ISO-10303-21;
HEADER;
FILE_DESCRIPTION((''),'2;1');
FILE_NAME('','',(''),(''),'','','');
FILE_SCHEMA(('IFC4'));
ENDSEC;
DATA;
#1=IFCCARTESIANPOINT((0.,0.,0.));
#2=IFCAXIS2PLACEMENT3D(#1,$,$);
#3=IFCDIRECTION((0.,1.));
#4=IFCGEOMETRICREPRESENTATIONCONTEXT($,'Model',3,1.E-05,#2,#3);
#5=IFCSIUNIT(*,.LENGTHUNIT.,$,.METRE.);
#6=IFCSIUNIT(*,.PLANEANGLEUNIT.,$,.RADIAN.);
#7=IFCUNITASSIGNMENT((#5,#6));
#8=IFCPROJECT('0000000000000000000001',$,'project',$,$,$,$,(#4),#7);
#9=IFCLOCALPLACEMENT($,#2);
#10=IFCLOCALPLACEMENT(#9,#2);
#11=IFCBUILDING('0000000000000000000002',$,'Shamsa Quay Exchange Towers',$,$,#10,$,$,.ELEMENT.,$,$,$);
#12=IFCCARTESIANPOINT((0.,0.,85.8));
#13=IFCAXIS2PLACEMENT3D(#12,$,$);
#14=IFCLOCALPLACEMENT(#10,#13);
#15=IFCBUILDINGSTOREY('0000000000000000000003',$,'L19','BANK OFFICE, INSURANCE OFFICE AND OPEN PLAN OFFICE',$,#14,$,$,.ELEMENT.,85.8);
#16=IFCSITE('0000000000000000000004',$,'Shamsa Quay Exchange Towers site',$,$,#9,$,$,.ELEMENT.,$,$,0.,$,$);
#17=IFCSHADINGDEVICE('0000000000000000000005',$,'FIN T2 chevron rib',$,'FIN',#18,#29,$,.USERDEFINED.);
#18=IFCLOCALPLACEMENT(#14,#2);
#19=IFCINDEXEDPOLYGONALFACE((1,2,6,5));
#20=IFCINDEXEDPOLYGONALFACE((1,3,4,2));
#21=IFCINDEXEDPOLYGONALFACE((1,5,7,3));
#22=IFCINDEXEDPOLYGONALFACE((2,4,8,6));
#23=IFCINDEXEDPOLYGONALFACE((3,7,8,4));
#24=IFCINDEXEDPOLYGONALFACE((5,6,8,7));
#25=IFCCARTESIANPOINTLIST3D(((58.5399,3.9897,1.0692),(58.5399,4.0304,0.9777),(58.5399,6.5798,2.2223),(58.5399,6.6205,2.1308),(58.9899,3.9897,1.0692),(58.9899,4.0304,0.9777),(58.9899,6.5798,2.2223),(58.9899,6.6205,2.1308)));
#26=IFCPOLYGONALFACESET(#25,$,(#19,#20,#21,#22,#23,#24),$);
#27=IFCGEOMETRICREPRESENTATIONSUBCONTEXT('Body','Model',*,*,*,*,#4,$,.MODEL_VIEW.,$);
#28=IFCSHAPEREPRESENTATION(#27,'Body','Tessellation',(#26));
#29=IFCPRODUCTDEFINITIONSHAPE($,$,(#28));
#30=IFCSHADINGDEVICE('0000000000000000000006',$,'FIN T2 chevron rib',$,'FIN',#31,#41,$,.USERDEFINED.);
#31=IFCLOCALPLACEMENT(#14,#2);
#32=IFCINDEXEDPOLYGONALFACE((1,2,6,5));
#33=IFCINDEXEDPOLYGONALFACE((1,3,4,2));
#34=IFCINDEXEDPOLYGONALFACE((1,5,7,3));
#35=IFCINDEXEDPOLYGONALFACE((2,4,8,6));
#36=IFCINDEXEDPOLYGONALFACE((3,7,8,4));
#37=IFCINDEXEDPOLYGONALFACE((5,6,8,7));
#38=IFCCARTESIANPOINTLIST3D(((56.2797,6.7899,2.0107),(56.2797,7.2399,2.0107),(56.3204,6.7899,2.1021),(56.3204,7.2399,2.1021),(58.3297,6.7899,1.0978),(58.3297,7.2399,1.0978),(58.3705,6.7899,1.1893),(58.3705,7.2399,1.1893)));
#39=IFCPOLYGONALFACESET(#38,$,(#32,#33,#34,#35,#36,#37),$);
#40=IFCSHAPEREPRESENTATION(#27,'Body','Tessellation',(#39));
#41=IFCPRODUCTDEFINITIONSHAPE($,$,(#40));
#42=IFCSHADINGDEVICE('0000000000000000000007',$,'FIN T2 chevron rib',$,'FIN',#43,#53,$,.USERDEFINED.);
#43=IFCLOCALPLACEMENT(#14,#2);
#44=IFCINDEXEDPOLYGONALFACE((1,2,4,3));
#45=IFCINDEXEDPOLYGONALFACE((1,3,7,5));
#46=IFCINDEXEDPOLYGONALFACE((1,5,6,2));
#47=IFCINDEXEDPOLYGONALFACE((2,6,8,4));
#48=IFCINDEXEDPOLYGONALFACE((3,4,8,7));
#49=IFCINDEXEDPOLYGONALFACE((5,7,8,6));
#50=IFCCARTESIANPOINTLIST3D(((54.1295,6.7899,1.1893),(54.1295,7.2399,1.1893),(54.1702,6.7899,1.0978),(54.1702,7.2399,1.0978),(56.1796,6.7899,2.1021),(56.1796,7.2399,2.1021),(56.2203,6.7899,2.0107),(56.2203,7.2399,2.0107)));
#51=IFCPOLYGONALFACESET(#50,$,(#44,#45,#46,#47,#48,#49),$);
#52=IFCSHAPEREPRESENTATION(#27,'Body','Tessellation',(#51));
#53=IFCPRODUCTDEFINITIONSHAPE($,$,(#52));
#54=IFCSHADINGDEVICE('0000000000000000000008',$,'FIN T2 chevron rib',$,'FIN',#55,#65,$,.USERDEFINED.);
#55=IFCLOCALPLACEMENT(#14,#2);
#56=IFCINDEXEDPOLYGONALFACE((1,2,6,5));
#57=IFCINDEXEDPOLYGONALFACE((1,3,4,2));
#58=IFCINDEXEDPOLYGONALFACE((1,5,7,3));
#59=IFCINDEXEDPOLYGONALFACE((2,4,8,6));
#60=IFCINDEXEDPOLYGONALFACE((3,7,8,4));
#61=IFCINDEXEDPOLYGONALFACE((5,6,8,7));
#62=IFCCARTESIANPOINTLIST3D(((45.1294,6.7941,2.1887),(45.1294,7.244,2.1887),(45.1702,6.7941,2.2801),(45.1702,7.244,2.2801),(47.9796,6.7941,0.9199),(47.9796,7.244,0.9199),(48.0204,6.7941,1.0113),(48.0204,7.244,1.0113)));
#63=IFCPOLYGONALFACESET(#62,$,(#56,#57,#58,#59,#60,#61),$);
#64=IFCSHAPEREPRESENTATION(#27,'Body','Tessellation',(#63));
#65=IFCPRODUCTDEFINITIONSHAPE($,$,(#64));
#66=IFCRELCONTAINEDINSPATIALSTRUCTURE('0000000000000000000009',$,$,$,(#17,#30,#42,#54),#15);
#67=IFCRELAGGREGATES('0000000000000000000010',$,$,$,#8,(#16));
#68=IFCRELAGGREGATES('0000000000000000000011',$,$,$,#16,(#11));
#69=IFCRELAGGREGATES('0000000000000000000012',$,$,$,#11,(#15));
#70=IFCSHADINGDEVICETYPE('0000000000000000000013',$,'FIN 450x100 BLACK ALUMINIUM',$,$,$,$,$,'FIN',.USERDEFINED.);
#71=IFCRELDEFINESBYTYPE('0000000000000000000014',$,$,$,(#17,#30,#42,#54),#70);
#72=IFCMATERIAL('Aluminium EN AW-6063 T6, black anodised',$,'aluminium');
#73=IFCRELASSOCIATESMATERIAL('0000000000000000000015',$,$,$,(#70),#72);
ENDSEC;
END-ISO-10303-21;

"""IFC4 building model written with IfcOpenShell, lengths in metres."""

from ifc_helpers import new_model, si_unit, direction, frame, origin, origin_2d, place, context, subcontext, project, spatial, rectangle, extrude, material, material_profile, profile_set, type_object, element, save


model = new_model("IFC4")

# Units and contexts
model_context = context("Model", 3, precision=1e-05, world=origin(), true_north=direction((0.0, 1.0)))
body_context = subcontext(model_context, "Body", "Model", "MODEL_VIEW")
ifc_project = project(units=[si_unit("LENGTHUNIT", "METRE"), si_unit("PLANEANGLEUNIT", "RADIAN")], contexts=[model_context])

# Site, building, storey
site_placement = place(None, origin())
site = spatial("IfcSite", under=ifc_project, at=site_placement, Name="Shamsa Quay Exchange Towers site", CompositionType="ELEMENT", RefElevation=0.0)
building_placement = place(site_placement, origin())
building = spatial("IfcBuilding", under=site, at=building_placement, Name="Shamsa Quay Exchange Towers", CompositionType="ELEMENT")
storey_placement = place(building_placement, frame((0.0, 0.0, 85.8)))
storey = spatial("IfcBuildingStorey", under=building, at=storey_placement, Name="L19", Description="BANK OFFICE, INSURANCE OFFICE AND OPEN PLAN OFFICE", CompositionType="ELEMENT", Elevation=85.8)

# Shared definitions
ifc_material_1 = material(Name="Aluminium EN AW-6063 T6, black anodised", Category="aluminium")

# Shading devices
ifc_material_profile_1 = material_profile(ifc_material_1, rectangle(XDim=0.45, YDim=0.1001, at=origin_2d()), Name="FIN450x100")
ifc_profile_set_1 = profile_set([ifc_material_profile_1], Name="Aluminium EN AW-6063 T6, black anodised")
shading_device_type = type_object("IfcShadingDeviceType", Name="FIN 450x100 BLACK ALUMINIUM", ElementType="FIN", PredefinedType="USERDEFINED", material=ifc_profile_set_1)
shading_device_1_placement = place(storey_placement, frame((58.7649, 4.01, 1.0234), z_axis=(0.0, 0.913559, 0.406706), x_axis=(-1.0, 0.0, 0.0)))
element("IfcShadingDevice", 1, at=shading_device_1_placement, inside=storey, type_object=shading_device_type, Name="FIN T2 chevron rib", ObjectType="FIN", PredefinedType="USERDEFINED", context=body_context, shape_type="SweptSolid", body=[
    extrude(rectangle(XDim=0.45, YDim=0.1001, at=origin_2d()), origin(), (0.0, 0.0, 1.0), 2.8352),
])
for number, where, z_axis, x_axis, name in (
    (2, (58.3501, 7.0149, 1.1436), (-0.913529, 0.0, 0.406774), (0.0, -1.0, 0.0), "FIN T2 chevron rib"),
    (3, (56.2, 7.0149, 2.0564), (-0.913529, 0.0, -0.406774), (0.0, -1.0, 0.0), "FIN T2 chevron rib"),
):
    element("IfcShadingDevice", number, at=place(storey_placement, frame(where, z_axis=z_axis, x_axis=x_axis)), inside=storey, type_object=shading_device_type, Name=name, ObjectType="FIN", PredefinedType="USERDEFINED", context=body_context, shape_type="SweptSolid", body=[
        extrude(rectangle(XDim=0.45, YDim=0.1001, at=origin_2d()), origin(), (0.0, 0.0, 1.0), 2.2441),
    ])
shading_device_2_placement = place(storey_placement, frame((48.0, 7.019, 0.9656), z_axis=(-0.913563, 0.0, 0.406697), x_axis=(0.0, -1.0, 0.0)))
element("IfcShadingDevice", 4, at=shading_device_2_placement, inside=storey, type_object=shading_device_type, Name="FIN T2 chevron rib", ObjectType="FIN", PredefinedType="USERDEFINED", context=body_context, shape_type="SweptSolid", body=[
    extrude(rectangle(XDim=0.45, YDim=0.1001, at=origin_2d()), origin(), (0.0, 0.0, 1.0), 3.1199),
])

save(model, "model.ifc")
